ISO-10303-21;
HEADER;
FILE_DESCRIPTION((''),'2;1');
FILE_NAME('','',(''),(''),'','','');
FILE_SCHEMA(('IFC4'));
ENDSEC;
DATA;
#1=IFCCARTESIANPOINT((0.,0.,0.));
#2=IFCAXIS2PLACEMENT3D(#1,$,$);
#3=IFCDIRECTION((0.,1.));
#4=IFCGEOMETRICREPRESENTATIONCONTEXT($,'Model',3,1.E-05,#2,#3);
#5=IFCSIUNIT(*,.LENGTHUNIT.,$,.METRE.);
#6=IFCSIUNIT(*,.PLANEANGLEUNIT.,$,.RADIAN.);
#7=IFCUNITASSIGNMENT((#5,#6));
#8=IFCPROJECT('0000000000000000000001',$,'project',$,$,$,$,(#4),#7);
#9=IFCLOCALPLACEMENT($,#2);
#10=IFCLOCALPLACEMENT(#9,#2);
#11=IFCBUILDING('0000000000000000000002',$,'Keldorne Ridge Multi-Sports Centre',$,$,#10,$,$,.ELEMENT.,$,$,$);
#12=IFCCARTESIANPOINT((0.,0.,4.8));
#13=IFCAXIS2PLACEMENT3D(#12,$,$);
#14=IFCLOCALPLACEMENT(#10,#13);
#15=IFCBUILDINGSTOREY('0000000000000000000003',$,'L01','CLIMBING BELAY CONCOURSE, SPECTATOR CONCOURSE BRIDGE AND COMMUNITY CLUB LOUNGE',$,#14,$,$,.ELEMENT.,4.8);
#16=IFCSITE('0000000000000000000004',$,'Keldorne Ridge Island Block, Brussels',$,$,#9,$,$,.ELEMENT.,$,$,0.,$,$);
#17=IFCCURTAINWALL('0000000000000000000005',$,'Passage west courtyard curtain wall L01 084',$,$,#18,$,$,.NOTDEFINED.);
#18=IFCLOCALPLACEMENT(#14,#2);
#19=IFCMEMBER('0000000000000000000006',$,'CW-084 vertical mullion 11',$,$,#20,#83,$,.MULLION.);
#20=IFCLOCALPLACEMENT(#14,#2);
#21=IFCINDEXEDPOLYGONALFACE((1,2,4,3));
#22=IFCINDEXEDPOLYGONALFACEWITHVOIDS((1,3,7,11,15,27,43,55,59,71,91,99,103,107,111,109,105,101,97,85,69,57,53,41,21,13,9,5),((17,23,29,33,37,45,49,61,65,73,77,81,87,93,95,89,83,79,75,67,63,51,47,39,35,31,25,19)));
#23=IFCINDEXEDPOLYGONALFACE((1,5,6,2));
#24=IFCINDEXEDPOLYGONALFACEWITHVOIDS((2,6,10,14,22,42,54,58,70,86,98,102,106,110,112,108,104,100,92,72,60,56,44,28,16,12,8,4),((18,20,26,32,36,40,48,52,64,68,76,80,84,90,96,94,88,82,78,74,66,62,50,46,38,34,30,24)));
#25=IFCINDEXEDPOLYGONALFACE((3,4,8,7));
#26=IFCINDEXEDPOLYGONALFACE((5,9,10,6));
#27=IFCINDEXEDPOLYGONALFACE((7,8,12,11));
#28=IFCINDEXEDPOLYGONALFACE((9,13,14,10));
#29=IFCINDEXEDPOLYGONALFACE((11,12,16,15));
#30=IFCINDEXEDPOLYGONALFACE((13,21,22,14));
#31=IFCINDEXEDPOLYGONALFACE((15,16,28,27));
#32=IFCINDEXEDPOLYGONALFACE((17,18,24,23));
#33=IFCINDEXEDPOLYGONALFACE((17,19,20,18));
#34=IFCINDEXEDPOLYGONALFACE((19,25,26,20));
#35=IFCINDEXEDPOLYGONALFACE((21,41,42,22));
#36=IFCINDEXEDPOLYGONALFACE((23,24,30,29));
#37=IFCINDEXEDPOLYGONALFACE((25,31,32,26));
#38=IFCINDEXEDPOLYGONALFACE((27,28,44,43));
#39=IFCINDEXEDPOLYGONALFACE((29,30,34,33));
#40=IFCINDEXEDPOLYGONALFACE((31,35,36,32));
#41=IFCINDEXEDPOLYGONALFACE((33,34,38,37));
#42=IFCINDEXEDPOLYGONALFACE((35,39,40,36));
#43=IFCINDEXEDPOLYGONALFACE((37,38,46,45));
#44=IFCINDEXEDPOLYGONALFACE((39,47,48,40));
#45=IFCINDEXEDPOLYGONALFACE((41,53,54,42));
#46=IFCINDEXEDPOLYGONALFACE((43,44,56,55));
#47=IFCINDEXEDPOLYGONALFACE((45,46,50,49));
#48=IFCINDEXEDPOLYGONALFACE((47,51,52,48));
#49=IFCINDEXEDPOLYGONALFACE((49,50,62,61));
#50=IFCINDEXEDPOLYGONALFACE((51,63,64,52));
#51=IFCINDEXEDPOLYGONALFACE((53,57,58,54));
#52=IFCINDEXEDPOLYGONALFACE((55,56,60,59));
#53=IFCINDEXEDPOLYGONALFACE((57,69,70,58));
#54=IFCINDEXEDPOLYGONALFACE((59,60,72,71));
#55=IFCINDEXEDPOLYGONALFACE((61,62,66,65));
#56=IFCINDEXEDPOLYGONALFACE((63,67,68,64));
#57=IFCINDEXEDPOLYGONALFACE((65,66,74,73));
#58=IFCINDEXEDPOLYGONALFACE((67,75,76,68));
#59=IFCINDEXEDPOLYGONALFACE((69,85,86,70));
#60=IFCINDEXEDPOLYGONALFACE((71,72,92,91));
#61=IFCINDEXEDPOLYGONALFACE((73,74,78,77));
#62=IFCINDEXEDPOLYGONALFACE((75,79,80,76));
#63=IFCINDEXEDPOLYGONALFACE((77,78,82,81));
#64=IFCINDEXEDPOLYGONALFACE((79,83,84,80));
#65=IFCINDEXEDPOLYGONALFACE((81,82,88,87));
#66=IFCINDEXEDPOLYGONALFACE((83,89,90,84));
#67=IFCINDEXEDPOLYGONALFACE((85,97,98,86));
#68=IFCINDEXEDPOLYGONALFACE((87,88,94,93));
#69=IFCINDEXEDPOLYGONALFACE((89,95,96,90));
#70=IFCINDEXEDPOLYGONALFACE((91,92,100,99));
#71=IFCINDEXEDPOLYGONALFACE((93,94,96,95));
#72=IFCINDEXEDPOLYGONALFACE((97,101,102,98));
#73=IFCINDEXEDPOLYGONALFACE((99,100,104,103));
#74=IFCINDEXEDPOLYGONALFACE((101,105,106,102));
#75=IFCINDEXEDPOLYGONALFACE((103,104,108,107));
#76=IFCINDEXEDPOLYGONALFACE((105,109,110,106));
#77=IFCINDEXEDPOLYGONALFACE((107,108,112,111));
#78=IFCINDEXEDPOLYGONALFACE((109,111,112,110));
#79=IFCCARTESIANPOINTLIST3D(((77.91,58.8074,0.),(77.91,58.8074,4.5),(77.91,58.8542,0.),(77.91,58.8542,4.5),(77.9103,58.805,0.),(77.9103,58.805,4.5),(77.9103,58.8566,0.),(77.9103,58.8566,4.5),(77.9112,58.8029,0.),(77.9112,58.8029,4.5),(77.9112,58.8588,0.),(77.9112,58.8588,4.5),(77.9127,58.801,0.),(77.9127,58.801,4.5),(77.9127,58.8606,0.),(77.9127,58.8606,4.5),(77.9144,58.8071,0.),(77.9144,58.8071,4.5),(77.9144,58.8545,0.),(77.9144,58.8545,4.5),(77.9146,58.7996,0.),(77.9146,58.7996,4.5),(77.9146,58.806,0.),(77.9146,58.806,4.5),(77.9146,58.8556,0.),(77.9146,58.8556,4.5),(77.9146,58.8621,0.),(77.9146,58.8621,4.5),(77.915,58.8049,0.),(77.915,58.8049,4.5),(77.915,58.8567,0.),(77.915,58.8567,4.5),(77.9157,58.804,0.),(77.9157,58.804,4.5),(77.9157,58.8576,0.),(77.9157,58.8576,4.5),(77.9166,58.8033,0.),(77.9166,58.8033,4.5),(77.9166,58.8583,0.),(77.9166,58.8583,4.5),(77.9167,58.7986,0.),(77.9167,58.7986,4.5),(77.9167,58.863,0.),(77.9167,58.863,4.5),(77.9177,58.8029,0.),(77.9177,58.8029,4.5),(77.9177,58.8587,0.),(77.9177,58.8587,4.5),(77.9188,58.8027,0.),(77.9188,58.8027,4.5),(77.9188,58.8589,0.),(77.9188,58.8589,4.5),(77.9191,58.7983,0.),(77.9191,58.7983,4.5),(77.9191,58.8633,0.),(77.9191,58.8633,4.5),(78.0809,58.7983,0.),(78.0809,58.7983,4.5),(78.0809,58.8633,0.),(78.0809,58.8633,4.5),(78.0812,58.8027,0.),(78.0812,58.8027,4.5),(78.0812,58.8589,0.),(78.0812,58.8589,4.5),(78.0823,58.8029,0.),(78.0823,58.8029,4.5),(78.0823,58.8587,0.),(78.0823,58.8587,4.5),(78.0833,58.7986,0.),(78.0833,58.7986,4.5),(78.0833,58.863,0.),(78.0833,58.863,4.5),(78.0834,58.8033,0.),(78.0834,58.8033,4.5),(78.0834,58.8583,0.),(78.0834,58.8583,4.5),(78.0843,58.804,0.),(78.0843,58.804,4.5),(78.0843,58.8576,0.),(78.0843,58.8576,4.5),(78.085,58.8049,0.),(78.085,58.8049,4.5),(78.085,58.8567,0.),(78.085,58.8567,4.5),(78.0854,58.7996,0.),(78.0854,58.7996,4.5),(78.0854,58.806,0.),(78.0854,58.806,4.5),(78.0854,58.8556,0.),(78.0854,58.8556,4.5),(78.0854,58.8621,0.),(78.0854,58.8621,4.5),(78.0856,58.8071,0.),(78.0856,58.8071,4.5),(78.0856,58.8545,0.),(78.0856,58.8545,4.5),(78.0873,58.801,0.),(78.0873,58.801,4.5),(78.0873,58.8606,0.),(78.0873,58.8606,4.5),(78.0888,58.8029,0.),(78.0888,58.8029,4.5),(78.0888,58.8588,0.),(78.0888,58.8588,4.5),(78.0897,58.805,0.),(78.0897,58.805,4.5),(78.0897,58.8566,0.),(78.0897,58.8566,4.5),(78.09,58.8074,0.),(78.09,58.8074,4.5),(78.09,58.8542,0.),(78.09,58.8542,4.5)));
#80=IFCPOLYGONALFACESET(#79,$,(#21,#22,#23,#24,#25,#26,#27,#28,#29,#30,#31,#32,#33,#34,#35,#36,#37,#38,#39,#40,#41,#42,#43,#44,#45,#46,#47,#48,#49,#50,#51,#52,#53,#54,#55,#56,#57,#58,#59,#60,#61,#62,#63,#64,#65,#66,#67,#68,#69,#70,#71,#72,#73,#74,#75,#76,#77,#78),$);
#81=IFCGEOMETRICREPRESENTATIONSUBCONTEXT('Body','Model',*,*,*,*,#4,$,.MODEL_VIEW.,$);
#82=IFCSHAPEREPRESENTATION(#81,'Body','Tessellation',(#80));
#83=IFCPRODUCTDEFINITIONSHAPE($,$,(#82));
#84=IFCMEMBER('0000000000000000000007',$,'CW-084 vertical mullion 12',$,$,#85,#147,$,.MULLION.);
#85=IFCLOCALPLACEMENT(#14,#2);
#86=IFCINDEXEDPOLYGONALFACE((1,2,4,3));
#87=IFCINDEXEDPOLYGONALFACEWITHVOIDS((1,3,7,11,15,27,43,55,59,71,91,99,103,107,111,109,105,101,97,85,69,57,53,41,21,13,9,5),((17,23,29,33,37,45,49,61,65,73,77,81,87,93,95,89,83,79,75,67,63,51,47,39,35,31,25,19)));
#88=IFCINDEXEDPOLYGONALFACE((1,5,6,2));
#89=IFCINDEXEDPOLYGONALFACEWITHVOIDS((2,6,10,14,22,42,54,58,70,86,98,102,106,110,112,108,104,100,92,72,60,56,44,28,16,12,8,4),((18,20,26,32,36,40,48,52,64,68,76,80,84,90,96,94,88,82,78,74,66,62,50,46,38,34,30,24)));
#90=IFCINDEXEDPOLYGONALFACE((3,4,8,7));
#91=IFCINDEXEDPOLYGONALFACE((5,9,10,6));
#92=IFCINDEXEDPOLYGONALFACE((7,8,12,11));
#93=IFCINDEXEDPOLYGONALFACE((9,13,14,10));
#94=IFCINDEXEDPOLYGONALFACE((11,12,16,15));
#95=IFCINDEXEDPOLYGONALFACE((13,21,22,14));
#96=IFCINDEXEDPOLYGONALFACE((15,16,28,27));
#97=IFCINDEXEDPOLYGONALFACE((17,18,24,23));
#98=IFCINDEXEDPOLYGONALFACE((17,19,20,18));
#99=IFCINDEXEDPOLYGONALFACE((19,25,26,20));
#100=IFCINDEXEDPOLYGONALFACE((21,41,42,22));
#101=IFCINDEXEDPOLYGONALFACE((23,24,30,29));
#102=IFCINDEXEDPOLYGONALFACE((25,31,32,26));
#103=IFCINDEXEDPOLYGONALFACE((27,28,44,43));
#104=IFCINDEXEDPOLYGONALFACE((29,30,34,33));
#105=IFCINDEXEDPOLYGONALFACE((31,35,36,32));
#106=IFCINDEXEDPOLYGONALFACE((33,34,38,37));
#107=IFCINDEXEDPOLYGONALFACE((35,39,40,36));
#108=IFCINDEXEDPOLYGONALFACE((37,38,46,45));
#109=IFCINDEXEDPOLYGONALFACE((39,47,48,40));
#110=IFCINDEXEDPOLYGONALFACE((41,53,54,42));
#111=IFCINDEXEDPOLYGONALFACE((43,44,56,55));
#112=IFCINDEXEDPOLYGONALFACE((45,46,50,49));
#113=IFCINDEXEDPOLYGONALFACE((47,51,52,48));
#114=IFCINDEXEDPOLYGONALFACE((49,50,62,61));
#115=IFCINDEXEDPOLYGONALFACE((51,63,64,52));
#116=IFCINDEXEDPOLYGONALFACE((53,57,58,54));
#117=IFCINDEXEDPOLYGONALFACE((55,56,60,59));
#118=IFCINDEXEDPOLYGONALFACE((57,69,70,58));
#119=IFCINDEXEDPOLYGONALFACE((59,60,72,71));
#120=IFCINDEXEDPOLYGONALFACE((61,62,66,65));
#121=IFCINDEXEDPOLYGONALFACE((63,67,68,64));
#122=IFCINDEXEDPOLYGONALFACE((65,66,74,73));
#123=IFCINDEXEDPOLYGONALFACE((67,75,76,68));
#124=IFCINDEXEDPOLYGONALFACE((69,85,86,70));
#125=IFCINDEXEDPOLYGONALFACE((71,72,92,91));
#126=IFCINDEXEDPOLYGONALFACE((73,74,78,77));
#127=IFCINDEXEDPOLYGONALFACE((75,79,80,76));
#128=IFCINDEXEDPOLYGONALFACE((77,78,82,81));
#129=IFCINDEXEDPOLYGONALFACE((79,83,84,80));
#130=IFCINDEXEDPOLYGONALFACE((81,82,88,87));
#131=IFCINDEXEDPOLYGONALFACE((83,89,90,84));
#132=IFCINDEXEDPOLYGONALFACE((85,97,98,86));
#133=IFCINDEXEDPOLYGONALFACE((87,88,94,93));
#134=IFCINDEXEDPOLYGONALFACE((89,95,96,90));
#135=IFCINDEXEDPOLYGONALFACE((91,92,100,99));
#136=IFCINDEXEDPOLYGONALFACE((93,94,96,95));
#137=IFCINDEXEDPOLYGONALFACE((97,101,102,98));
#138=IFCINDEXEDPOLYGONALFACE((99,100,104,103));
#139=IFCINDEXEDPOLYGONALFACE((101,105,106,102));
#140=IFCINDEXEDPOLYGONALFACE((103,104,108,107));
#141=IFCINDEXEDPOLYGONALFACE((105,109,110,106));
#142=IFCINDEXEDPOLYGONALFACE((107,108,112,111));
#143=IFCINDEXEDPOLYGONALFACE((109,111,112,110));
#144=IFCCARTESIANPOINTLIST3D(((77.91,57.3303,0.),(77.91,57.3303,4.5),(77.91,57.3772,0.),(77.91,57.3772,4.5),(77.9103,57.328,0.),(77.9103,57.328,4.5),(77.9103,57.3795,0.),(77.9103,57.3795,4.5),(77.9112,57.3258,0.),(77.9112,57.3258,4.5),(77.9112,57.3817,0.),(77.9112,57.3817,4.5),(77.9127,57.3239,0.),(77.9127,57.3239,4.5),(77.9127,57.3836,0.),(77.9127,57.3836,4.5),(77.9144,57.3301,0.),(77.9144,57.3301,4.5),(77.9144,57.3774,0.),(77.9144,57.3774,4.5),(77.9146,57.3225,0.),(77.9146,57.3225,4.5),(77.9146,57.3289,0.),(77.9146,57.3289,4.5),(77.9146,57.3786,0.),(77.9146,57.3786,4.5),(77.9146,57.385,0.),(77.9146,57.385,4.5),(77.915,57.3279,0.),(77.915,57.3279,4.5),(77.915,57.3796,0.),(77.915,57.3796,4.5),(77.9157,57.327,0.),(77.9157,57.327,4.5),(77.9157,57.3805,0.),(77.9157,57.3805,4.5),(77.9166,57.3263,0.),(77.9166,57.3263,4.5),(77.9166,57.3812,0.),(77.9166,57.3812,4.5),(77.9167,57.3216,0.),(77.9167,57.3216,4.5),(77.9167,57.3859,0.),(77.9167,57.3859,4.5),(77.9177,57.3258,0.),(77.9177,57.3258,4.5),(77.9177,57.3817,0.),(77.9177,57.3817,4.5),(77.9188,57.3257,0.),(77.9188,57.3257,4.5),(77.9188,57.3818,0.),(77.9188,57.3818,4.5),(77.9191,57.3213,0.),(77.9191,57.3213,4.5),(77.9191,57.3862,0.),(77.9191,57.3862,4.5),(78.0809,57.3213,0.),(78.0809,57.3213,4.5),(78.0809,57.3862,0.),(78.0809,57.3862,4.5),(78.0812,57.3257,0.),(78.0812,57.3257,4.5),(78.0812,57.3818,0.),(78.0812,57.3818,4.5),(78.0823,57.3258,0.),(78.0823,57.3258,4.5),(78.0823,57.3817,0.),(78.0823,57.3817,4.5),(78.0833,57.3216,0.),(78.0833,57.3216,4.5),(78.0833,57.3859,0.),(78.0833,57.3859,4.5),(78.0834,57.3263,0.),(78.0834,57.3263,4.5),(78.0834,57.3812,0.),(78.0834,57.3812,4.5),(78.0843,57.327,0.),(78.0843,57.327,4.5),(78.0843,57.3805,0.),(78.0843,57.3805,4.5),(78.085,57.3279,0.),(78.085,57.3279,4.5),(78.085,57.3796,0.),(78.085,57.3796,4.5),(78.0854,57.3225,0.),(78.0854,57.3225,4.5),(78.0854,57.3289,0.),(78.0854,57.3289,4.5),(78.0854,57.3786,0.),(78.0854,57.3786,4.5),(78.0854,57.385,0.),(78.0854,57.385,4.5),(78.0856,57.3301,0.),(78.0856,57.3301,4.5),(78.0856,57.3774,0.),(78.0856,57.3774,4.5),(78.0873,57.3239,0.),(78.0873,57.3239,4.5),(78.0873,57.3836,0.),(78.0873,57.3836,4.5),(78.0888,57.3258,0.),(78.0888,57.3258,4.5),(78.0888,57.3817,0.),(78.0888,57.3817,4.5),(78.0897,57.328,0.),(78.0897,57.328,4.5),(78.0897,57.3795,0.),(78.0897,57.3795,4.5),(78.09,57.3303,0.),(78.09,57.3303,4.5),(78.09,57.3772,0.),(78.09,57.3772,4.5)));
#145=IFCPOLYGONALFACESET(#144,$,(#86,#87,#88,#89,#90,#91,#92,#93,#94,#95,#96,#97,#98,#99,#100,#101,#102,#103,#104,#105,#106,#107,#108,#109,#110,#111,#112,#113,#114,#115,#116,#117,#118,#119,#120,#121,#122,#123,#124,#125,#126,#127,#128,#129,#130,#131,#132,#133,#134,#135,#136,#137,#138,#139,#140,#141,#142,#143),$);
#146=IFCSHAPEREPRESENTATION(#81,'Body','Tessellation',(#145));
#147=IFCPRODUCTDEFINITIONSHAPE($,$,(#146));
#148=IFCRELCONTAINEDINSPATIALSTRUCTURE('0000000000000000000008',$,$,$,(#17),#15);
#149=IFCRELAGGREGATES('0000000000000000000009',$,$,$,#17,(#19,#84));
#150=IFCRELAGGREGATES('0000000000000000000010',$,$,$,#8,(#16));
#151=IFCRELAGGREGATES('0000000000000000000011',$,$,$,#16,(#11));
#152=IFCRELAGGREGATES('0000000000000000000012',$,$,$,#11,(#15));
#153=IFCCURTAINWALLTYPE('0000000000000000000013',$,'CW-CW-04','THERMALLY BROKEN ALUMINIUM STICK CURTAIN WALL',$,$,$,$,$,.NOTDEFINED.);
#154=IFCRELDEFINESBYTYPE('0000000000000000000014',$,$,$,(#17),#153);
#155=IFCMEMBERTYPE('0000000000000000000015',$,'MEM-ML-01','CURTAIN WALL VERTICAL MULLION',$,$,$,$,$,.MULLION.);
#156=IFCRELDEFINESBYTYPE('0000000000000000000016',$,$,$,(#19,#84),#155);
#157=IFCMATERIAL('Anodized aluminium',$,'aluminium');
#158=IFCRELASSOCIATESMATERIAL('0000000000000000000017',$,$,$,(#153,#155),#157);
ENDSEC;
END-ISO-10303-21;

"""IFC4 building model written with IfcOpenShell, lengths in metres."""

from ifc_helpers import new_model, si_unit, direction, frame, origin, origin_2d, place, context, subcontext, project, spatial, hollow_rectangle, extrude, material, material_profile, profile_set, type_object, element, aggregate, save


model = new_model("IFC4")

# Units and contexts
model_context = context("Model", 3, precision=1e-05, world=origin(), true_north=direction((0.0, 1.0)))
body_context = subcontext(model_context, "Body", "Model", "MODEL_VIEW")
ifc_project = project(units=[si_unit("LENGTHUNIT", "METRE"), si_unit("PLANEANGLEUNIT", "RADIAN")], contexts=[model_context])

# Site, building, storey
site_placement = place(None, origin())
site = spatial("IfcSite", under=ifc_project, at=site_placement, Name="Keldorne Ridge Island Block, Brussels", CompositionType="ELEMENT", RefElevation=0.0)
building_placement = place(site_placement, origin())
building = spatial("IfcBuilding", under=site, at=building_placement, Name="Keldorne Ridge Multi-Sports Centre", CompositionType="ELEMENT")
storey_placement = place(building_placement, frame((0.0, 0.0, 4.8)))
storey = spatial("IfcBuildingStorey", under=building, at=storey_placement, Name="L01", Description="CLIMBING BELAY CONCOURSE, SPECTATOR CONCOURSE BRIDGE AND COMMUNITY CLUB LOUNGE", CompositionType="ELEMENT", Elevation=4.8)

# Curtain wall, members
ifc_material_1 = material(Name="Anodized aluminium", Category="aluminium")
curtain_wall_type = type_object("IfcCurtainWallType", Name="CW-CW-04", Description="THERMALLY BROKEN ALUMINIUM STICK CURTAIN WALL", PredefinedType="NOTDEFINED", material=ifc_material_1)
curtain_wall_placement = place(storey_placement, origin())
curtain_wall = element("IfcCurtainWall", 1, at=curtain_wall_placement, inside=storey, type_object=curtain_wall_type, Name="Passage west courtyard curtain wall L01 084", PredefinedType="NOTDEFINED")
ifc_material_profile_1 = material_profile(ifc_material_1, hollow_rectangle(XDim=0.0649, YDim=0.1799, WallThickness=0.0044, InnerFilletRadius=0.0044, OuterFilletRadius=0.009, at=origin_2d()), Name="ALU MULLION 180x65x4.5")
ifc_profile_set_1 = profile_set([ifc_material_profile_1], Name="Anodized aluminium")
member_type_1 = type_object("IfcMemberType", Name="MEM-ML-01", Description="CURTAIN WALL VERTICAL MULLION", PredefinedType="MULLION", material=ifc_profile_set_1)
member_1_placement = place(storey_placement, frame((78.0, 58.8308, 0.0), z_axis=(0.0, 0.0, 1.0), x_axis=(0.0, 1.0, 0.0)))
member_1 = element("IfcMember", 2, at=member_1_placement, type_object=member_type_1, Name="CW-084 vertical mullion 11", PredefinedType="MULLION", context=body_context, shape_type="SweptSolid", body=[
    extrude(hollow_rectangle(XDim=0.0649, YDim=0.1799, WallThickness=0.0044, InnerFilletRadius=0.0044, OuterFilletRadius=0.009, at=origin_2d()), origin(), (0.0, 0.0, 1.0), 4.5),
])
member_2_placement = place(storey_placement, frame((78.0, 57.3538, 0.0), z_axis=(0.0, 0.0, 1.0), x_axis=(0.0, 1.0, 0.0)))
member_2 = element("IfcMember", 3, at=member_2_placement, type_object=member_type_1, Name="CW-084 vertical mullion 12", PredefinedType="MULLION", context=body_context, shape_type="SweptSolid", body=[
    extrude(hollow_rectangle(XDim=0.0649, YDim=0.1799, WallThickness=0.0044, InnerFilletRadius=0.0044, OuterFilletRadius=0.009, at=origin_2d()), origin(), (0.0, 0.0, 1.0), 4.5),
])
aggregate(curtain_wall, [member_1, member_2])

save(model, "model.ifc")
